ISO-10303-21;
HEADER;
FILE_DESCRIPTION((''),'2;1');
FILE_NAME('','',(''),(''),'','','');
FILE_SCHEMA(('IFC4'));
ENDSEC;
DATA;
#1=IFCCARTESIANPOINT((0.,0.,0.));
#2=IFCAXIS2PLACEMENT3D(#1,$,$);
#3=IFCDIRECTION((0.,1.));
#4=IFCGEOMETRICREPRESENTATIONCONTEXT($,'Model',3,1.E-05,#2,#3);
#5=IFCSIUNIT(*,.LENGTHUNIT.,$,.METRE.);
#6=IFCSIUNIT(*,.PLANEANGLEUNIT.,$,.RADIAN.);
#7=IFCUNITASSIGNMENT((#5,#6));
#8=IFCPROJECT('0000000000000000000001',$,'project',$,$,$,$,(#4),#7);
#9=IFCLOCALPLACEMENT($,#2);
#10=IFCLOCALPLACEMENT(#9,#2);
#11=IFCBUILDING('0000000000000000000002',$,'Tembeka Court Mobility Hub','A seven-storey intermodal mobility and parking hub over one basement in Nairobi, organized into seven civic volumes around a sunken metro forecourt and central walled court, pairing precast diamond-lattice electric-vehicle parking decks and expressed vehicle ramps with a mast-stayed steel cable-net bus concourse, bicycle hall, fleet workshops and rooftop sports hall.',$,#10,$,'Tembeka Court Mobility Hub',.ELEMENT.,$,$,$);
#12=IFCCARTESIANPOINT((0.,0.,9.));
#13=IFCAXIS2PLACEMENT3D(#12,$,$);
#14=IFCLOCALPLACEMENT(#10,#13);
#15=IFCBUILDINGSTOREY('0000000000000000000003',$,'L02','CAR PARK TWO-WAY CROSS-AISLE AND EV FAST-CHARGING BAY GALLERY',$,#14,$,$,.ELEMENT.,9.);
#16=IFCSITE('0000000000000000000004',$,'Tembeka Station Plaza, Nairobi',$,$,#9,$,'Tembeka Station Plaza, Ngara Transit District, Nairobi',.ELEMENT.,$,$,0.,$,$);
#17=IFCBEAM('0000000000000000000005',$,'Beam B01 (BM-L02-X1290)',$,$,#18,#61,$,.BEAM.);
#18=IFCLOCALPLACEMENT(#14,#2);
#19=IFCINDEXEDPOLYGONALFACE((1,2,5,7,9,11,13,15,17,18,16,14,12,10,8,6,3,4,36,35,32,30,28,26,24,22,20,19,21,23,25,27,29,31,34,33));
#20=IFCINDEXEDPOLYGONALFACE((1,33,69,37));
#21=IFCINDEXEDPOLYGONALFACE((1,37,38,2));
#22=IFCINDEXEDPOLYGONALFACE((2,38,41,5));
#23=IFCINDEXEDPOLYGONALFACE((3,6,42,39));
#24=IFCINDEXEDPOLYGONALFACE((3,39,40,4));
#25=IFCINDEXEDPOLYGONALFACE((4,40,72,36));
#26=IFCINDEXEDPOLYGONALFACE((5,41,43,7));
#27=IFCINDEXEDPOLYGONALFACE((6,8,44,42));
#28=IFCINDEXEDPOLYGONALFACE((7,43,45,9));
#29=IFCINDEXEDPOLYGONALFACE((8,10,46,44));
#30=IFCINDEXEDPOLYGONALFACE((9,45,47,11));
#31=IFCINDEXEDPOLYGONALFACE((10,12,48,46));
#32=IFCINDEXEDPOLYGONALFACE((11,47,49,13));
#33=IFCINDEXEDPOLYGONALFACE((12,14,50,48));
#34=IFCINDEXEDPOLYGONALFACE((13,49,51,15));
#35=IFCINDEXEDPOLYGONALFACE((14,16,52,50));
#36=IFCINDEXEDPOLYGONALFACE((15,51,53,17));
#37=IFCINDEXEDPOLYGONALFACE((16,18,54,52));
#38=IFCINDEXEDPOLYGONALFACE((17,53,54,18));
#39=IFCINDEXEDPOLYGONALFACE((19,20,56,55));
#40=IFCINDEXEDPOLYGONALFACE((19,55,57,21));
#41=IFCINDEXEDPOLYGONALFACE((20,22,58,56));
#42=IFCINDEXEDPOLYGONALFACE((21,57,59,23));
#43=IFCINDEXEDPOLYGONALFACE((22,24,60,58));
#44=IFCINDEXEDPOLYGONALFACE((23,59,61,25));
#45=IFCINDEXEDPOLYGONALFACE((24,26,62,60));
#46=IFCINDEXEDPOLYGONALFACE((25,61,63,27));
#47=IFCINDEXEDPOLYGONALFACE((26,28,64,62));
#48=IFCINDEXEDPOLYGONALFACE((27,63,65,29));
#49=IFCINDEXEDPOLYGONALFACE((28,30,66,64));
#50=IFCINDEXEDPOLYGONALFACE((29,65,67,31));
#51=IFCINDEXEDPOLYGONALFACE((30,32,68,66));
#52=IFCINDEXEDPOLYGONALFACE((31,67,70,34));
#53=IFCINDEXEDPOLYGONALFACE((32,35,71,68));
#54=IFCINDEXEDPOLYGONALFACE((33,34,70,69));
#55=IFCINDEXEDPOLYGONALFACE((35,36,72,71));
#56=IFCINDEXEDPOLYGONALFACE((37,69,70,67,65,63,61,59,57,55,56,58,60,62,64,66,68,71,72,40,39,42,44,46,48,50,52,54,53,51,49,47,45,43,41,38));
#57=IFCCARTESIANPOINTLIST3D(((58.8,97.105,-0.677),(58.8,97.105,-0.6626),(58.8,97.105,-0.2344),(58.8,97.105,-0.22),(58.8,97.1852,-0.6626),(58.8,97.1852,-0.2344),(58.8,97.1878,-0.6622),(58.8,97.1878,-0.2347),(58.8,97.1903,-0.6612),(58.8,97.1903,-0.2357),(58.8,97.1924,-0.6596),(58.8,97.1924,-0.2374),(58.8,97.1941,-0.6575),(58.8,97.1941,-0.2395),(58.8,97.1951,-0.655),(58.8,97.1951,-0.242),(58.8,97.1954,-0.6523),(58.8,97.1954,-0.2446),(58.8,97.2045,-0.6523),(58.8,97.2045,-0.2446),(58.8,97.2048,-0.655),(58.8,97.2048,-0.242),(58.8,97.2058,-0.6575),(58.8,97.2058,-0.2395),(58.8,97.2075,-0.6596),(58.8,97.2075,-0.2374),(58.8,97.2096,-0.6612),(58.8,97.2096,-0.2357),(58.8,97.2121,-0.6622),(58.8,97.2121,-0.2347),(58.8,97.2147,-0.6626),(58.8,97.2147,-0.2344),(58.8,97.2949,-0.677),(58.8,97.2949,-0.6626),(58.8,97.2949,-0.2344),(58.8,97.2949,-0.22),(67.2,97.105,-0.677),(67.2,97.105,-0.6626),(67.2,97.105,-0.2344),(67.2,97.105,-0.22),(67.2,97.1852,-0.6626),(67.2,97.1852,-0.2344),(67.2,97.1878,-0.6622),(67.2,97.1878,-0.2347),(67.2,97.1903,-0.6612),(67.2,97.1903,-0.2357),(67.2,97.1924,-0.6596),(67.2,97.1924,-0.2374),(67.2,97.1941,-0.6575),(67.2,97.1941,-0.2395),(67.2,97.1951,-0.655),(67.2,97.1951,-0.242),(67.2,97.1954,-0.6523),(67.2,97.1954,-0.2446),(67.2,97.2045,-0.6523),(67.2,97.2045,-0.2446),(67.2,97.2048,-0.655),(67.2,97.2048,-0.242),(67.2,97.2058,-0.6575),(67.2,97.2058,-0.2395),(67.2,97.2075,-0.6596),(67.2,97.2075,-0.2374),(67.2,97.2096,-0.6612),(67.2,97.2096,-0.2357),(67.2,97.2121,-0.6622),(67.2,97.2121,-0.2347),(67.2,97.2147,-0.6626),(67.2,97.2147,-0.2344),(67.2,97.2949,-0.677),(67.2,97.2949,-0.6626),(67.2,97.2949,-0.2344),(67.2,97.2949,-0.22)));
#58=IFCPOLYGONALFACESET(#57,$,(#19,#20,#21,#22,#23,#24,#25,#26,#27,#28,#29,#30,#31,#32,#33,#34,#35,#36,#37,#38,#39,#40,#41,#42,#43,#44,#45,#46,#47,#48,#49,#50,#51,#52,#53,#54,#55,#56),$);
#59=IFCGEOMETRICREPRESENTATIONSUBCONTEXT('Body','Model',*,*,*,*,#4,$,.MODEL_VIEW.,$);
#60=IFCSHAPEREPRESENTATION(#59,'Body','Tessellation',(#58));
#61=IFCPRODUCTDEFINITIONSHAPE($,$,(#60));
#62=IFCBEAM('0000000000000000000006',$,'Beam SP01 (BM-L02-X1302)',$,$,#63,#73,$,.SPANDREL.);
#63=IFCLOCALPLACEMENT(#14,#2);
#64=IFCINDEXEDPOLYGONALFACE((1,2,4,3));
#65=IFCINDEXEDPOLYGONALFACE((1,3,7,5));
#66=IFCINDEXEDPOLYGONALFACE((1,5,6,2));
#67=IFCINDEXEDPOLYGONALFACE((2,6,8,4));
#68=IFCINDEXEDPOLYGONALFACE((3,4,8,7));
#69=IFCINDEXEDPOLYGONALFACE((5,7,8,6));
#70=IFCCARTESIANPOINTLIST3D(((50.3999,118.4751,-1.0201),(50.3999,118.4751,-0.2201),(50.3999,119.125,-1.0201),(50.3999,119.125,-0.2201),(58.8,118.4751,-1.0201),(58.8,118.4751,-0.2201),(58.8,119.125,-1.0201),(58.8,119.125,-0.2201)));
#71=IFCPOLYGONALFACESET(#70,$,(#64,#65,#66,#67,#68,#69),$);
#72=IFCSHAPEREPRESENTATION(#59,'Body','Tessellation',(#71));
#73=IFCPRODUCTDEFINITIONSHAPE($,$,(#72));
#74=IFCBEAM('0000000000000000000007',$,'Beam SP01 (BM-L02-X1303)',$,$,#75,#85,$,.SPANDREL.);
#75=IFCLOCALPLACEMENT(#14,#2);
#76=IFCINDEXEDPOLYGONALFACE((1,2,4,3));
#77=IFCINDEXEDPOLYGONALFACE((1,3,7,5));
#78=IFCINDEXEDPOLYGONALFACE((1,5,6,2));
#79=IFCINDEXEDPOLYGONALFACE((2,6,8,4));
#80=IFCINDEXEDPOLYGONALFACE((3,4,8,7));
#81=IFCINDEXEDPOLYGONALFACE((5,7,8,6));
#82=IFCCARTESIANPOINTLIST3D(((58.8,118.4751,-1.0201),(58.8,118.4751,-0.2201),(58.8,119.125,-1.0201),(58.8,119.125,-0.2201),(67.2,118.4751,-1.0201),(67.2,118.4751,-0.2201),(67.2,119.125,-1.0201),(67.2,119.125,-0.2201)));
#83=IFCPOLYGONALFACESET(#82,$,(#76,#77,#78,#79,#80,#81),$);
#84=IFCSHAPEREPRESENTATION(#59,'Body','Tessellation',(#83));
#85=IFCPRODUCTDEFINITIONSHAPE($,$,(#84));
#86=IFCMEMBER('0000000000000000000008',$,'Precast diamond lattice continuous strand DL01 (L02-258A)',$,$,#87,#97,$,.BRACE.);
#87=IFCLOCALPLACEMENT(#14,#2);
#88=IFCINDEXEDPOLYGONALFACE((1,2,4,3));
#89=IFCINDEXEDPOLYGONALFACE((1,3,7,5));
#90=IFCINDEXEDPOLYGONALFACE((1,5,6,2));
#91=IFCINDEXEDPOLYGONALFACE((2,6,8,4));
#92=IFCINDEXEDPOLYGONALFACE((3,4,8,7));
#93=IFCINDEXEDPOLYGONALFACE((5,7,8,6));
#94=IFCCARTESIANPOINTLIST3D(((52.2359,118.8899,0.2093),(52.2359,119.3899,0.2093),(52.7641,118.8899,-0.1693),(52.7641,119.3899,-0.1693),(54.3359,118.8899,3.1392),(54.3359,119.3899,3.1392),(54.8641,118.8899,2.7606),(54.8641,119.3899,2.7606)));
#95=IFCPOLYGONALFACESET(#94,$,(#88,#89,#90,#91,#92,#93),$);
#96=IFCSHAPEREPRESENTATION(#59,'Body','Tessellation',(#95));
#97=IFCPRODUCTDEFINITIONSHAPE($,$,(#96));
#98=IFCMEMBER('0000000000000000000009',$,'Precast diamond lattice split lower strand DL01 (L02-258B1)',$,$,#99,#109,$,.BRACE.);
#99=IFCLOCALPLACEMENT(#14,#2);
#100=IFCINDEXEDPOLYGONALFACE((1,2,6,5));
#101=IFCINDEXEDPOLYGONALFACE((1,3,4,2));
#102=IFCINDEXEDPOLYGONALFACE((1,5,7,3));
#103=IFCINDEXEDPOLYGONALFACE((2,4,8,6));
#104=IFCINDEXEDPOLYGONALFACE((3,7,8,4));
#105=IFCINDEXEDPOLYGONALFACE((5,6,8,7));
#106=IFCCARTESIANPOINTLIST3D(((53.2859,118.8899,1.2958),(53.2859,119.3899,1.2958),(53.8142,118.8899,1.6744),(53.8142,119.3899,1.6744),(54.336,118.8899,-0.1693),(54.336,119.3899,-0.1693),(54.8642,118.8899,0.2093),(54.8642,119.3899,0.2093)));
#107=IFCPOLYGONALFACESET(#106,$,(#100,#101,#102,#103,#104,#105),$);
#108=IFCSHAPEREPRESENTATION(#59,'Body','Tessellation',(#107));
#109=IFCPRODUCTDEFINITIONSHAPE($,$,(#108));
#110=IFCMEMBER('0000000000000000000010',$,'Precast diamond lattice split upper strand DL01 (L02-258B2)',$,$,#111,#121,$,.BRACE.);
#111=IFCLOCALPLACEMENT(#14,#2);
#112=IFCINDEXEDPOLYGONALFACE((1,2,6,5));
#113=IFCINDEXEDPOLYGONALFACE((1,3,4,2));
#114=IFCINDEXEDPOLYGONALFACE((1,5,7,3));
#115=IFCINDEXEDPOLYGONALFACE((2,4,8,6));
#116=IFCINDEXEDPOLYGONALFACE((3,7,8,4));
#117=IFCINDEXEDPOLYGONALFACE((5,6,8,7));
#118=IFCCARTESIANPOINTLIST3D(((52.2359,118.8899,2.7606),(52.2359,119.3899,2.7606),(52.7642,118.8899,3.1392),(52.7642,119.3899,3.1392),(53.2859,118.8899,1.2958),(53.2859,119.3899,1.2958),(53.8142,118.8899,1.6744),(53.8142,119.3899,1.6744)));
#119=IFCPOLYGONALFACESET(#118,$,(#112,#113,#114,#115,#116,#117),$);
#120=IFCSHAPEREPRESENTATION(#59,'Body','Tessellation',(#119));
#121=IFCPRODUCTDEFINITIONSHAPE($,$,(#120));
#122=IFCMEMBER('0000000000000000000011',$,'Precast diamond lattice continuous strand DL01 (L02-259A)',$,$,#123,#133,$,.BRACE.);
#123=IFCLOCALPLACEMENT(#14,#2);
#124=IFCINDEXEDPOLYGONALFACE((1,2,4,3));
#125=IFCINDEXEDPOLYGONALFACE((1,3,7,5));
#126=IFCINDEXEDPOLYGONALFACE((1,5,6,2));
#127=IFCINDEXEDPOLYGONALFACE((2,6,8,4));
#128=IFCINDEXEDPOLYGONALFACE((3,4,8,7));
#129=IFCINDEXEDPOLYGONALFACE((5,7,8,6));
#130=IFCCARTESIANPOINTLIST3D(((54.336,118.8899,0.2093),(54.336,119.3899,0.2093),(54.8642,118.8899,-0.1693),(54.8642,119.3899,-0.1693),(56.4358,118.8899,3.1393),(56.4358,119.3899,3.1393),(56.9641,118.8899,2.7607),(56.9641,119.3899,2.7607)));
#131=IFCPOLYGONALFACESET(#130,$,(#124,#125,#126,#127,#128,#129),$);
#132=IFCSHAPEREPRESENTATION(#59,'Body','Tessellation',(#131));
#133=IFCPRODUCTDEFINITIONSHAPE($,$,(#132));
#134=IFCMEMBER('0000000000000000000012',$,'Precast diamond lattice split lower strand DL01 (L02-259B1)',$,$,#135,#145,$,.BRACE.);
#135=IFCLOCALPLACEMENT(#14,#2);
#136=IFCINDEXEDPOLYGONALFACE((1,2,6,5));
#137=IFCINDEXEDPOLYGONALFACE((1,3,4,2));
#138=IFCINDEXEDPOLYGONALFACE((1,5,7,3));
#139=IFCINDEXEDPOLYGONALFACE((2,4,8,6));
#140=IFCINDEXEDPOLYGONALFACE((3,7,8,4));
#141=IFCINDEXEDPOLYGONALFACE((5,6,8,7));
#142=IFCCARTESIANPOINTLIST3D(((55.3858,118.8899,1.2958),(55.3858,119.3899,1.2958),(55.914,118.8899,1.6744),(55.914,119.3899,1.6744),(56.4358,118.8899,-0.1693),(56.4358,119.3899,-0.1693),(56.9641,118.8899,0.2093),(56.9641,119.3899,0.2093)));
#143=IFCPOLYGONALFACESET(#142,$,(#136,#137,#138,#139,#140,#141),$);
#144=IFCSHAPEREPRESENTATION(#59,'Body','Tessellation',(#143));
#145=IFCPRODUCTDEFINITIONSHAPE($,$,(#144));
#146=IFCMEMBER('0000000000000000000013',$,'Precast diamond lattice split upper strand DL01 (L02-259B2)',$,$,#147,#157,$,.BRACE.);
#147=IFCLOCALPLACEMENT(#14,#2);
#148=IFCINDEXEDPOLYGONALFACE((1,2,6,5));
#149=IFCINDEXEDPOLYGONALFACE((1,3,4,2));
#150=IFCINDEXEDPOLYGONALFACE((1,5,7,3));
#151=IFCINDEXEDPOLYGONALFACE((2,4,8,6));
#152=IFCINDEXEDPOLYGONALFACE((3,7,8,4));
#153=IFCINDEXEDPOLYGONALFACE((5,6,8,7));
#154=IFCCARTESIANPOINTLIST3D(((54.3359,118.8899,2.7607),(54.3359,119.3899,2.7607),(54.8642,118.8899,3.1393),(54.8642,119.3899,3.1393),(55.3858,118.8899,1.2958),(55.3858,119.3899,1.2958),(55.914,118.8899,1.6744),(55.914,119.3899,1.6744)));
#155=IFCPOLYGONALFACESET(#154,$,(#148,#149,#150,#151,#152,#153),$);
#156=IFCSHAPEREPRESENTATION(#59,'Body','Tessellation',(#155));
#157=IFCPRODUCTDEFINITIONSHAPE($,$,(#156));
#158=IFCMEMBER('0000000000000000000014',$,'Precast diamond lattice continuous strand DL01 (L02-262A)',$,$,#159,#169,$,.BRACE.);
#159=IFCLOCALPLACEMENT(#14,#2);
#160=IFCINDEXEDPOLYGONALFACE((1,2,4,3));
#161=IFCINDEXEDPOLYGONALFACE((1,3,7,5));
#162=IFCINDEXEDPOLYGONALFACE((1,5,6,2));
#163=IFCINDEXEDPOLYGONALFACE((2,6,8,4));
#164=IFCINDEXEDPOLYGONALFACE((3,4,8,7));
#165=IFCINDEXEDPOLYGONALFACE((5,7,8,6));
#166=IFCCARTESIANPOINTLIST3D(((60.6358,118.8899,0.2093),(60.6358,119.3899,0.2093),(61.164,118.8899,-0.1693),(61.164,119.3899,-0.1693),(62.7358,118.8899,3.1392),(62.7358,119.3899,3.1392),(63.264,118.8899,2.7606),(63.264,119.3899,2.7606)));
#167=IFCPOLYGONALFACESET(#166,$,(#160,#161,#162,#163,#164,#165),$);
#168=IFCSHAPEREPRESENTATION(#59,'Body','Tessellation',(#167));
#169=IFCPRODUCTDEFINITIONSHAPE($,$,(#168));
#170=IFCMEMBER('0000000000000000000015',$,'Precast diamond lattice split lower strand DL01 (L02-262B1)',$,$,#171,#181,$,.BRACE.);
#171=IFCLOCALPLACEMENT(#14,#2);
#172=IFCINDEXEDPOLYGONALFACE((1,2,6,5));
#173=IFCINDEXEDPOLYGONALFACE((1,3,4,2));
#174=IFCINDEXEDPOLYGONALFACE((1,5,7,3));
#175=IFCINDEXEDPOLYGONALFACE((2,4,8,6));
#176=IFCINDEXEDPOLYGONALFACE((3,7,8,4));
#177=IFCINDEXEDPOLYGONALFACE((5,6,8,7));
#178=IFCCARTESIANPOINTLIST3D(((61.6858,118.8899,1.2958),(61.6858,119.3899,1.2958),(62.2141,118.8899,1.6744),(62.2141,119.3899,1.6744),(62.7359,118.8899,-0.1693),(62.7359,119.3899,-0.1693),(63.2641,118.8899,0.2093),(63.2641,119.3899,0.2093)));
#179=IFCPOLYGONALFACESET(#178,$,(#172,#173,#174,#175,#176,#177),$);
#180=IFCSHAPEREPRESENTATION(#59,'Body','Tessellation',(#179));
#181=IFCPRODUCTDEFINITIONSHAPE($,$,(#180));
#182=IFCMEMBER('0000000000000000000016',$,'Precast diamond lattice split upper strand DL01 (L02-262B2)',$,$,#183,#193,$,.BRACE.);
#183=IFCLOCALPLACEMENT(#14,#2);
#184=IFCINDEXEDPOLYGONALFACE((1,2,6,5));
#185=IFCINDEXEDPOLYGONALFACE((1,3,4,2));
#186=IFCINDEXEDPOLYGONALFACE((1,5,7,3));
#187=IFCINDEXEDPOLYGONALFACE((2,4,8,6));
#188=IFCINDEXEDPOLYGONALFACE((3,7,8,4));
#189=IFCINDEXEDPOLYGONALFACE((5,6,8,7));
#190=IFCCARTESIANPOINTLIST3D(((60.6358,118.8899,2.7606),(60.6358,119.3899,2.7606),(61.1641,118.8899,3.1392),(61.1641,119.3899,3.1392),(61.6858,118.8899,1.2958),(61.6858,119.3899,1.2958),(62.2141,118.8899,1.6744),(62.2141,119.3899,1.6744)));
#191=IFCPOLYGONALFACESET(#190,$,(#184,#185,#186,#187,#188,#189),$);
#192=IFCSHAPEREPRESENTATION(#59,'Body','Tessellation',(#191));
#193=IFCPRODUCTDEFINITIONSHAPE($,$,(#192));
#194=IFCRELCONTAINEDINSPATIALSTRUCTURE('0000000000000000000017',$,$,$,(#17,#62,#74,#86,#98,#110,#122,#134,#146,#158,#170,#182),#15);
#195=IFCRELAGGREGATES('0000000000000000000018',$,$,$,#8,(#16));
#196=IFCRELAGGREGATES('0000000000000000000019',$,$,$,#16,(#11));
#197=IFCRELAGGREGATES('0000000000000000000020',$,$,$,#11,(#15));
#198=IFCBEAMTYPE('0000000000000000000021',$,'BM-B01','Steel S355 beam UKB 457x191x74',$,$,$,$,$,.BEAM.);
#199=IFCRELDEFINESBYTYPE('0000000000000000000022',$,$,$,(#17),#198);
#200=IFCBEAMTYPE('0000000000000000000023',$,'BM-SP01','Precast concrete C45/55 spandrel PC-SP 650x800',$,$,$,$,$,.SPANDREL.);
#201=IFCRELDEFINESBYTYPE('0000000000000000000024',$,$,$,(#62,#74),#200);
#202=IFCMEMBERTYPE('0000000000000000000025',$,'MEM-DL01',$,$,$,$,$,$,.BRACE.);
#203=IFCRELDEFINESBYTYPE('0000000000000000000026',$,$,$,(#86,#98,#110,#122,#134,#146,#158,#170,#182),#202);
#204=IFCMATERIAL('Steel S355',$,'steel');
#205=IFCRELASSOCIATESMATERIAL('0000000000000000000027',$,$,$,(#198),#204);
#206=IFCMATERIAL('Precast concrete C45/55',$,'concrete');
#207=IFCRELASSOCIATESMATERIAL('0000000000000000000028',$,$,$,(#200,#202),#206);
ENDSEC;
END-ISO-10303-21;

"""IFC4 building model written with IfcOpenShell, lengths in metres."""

from ifc_helpers import new_model, si_unit, direction, frame, origin, origin_2d, place, context, subcontext, project, spatial, rectangle, i_section, extrude, material, material_profile, profile_set, type_object, element, save


model = new_model("IFC4")

# Units and contexts
model_context = context("Model", 3, precision=1e-05, world=origin(), true_north=direction((0.0, 1.0)))
body_context = subcontext(model_context, "Body", "Model", "MODEL_VIEW")
ifc_project = project(units=[si_unit("LENGTHUNIT", "METRE"), si_unit("PLANEANGLEUNIT", "RADIAN")], contexts=[model_context])

# Site, building, storey
site_placement = place(None, origin())
site = spatial("IfcSite", under=ifc_project, at=site_placement, Name="Tembeka Station Plaza, Nairobi", LongName="Tembeka Station Plaza, Ngara Transit District, Nairobi", CompositionType="ELEMENT", RefElevation=0.0)
building_placement = place(site_placement, origin())
building = spatial("IfcBuilding", under=site, at=building_placement, Name="Tembeka Court Mobility Hub", Description="A seven-storey intermodal mobility and parking hub over one basement in Nairobi, organized into seven civic volumes around a sunken metro forecourt and central walled court, pairing precast diamond-lattice electric-vehicle parking decks and expressed vehicle ramps with a mast-stayed steel cable-net bus concourse, bicycle hall, fleet workshops and rooftop sports hall.", LongName="Tembeka Court Mobility Hub", CompositionType="ELEMENT")
storey_placement = place(building_placement, frame((0.0, 0.0, 9.0)))
storey = spatial("IfcBuildingStorey", under=building, at=storey_placement, Name="L02", Description="CAR PARK TWO-WAY CROSS-AISLE AND EV FAST-CHARGING BAY GALLERY", CompositionType="ELEMENT", Elevation=9.0)

# Shared definitions
ifc_material_1 = material(Name="Steel S355", Category="steel")

# Beams
ifc_material_profile_1 = material_profile(ifc_material_1, i_section(OverallWidth=0.1899, OverallDepth=0.457, WebThickness=0.009, FlangeThickness=0.0144, FilletRadius=0.0103, at=origin_2d()), Name="UKB 457x191x74")
ifc_profile_set_1 = profile_set([ifc_material_profile_1], Name="Steel S355")
beam_type_1 = type_object("IfcBeamType", Name="BM-B01", Description="Steel S355 beam UKB 457x191x74", PredefinedType="BEAM", material=ifc_profile_set_1)
beam_1_placement = place(storey_placement, frame((58.8, 97.2, -0.4485), z_axis=(1.0, 0.0, 0.0), x_axis=(0.0, 1.0, 0.0)))
element("IfcBeam", 1, at=beam_1_placement, inside=storey, type_object=beam_type_1, Name="Beam B01 (BM-L02-X1290)", PredefinedType="BEAM", context=body_context, shape_type="SweptSolid", body=[
    extrude(i_section(OverallWidth=0.1899, OverallDepth=0.457, WebThickness=0.009, FlangeThickness=0.0144, FilletRadius=0.0103, at=origin_2d()), origin(), (0.0, 0.0, 1.0), 8.3999),
])
ifc_material_2 = material(Name="Precast concrete C45/55", Category="concrete")
ifc_material_profile_2 = material_profile(ifc_material_2, rectangle(XDim=0.6499, YDim=0.8, at=origin_2d()), Name="PC-SP 650x800")
ifc_profile_set_2 = profile_set([ifc_material_profile_2], Name="Precast concrete C45/55")
beam_type_2 = type_object("IfcBeamType", Name="BM-SP01", Description="Precast concrete C45/55 spandrel PC-SP 650x800", PredefinedType="SPANDREL", material=ifc_profile_set_2)
beam_2_placement = place(storey_placement, frame((50.3999, 118.8, -0.6201), z_axis=(1.0, 0.0, 0.0), x_axis=(0.0, 1.0, 0.0)))
element("IfcBeam", 2, at=beam_2_placement, inside=storey, type_object=beam_type_2, Name="Beam SP01 (BM-L02-X1302)", PredefinedType="SPANDREL", context=body_context, shape_type="SweptSolid", body=[
    extrude(rectangle(XDim=0.6499, YDim=0.8, at=origin_2d()), origin(), (0.0, 0.0, 1.0), 8.4001),
])
beam_3_placement = place(storey_placement, frame((58.8, 118.8, -0.6201), z_axis=(1.0, 0.0, 0.0), x_axis=(0.0, 1.0, 0.0)))
element("IfcBeam", 3, at=beam_3_placement, inside=storey, type_object=beam_type_2, Name="Beam SP01 (BM-L02-X1303)", PredefinedType="SPANDREL", context=body_context, shape_type="SweptSolid", body=[
    extrude(rectangle(XDim=0.6499, YDim=0.8, at=origin_2d()), origin(), (0.0, 0.0, 1.0), 8.3999),
])

# Members
ifc_material_profile_3 = material_profile(ifc_material_2, rectangle(XDim=0.5, YDim=0.6499, at=origin_2d()), Name="PC-DIAG 500x650")
ifc_profile_set_3 = profile_set([ifc_material_profile_3], Name="Precast concrete C45/55")
member_type_1 = type_object("IfcMemberType", Name="MEM-DL01", PredefinedType="BRACE", material=ifc_profile_set_3)
member_1_placement = place(storey_placement, frame((52.5, 119.1399, 0.02), z_axis=(0.582576, 0.0, 0.812776), x_axis=(0.0, 1.0, 0.0)))
element("IfcMember", 4, at=member_1_placement, inside=storey, type_object=member_type_1, Name="Precast diamond lattice continuous strand DL01 (L02-258A)", PredefinedType="BRACE", context=body_context, shape_type="SweptSolid", body=[
    extrude(rectangle(XDim=0.5, YDim=0.6499, at=origin_2d()), origin(), (0.0, 0.0, 1.0), 3.6047),
])
member_2_placement = place(storey_placement, frame((54.6001, 119.1399, 0.02), z_axis=(-0.582544, 0.0, 0.812799), x_axis=(0.0, -1.0, 0.0)))
element("IfcMember", 5, at=member_2_placement, inside=storey, type_object=member_type_1, Name="Precast diamond lattice split lower strand DL01 (L02-258B1)", PredefinedType="BRACE", context=body_context, shape_type="SweptSolid", body=[
    extrude(rectangle(XDim=0.5, YDim=0.6499, at=origin_2d()), origin(), (0.0, 0.0, 1.0), 1.8025),
])
member_3_placement = place(storey_placement, frame((53.55, 119.1399, 1.4851), z_axis=(-0.582608, 0.0, 0.812753), x_axis=(0.0, -1.0, 0.0)))
element("IfcMember", 6, at=member_3_placement, inside=storey, type_object=member_type_1, Name="Precast diamond lattice split upper strand DL01 (L02-258B2)", PredefinedType="BRACE", context=body_context, shape_type="SweptSolid", body=[
    extrude(rectangle(XDim=0.5, YDim=0.6499, at=origin_2d()), origin(), (0.0, 0.0, 1.0), 1.8022),
])
member_4_placement = place(storey_placement, frame((54.6001, 119.1399, 0.02), z_axis=(0.582532, 0.0, 0.812808), x_axis=(0.0, 1.0, 0.0)))
element("IfcMember", 7, at=member_4_placement, inside=storey, type_object=member_type_1, Name="Precast diamond lattice continuous strand DL01 (L02-259A)", PredefinedType="BRACE", context=body_context, shape_type="SweptSolid", body=[
    extrude(rectangle(XDim=0.5, YDim=0.6499, at=origin_2d()), origin(), (0.0, 0.0, 1.0), 3.6047),
])
member_5_placement = place(storey_placement, frame((56.7, 119.1399, 0.02), z_axis=(-0.582544, 0.0, 0.812799), x_axis=(0.0, -1.0, 0.0)))
element("IfcMember", 8, at=member_5_placement, inside=storey, type_object=member_type_1, Name="Precast diamond lattice split lower strand DL01 (L02-259B1)", PredefinedType="BRACE", context=body_context, shape_type="SweptSolid", body=[
    extrude(rectangle(XDim=0.5, YDim=0.6499, at=origin_2d()), origin(), (0.0, 0.0, 1.0), 1.8025),
])
member_6_placement = place(storey_placement, frame((55.6499, 119.1399, 1.4851), z_axis=(-0.582519, 0.0, 0.812817), x_axis=(0.0, -1.0, 0.0)))
element("IfcMember", 9, at=member_6_placement, inside=storey, type_object=member_type_1, Name="Precast diamond lattice split upper strand DL01 (L02-259B2)", PredefinedType="BRACE", context=body_context, shape_type="SweptSolid", body=[
    extrude(rectangle(XDim=0.5, YDim=0.6499, at=origin_2d()), origin(), (0.0, 0.0, 1.0), 1.8022),
])
member_7_placement = place(storey_placement, frame((60.8999, 119.1399, 0.02), z_axis=(0.582576, 0.0, 0.812776), x_axis=(0.0, 1.0, 0.0)))
element("IfcMember", 10, at=member_7_placement, inside=storey, type_object=member_type_1, Name="Precast diamond lattice continuous strand DL01 (L02-262A)", PredefinedType="BRACE", context=body_context, shape_type="SweptSolid", body=[
    extrude(rectangle(XDim=0.5, YDim=0.6499, at=origin_2d()), origin(), (0.0, 0.0, 1.0), 3.6047),
])
member_8_placement = place(storey_placement, frame((63.0, 119.1399, 0.02), z_axis=(-0.582544, 0.0, 0.812799), x_axis=(0.0, -1.0, 0.0)))
element("IfcMember", 11, at=member_8_placement, inside=storey, type_object=member_type_1, Name="Precast diamond lattice split lower strand DL01 (L02-262B1)", PredefinedType="BRACE", context=body_context, shape_type="SweptSolid", body=[
    extrude(rectangle(XDim=0.5, YDim=0.6499, at=origin_2d()), origin(), (0.0, 0.0, 1.0), 1.8025),
])
member_9_placement = place(storey_placement, frame((61.95, 119.1399, 1.4851), z_axis=(-0.582608, 0.0, 0.812753), x_axis=(0.0, -1.0, 0.0)))
element("IfcMember", 12, at=member_9_placement, inside=storey, type_object=member_type_1, Name="Precast diamond lattice split upper strand DL01 (L02-262B2)", PredefinedType="BRACE", context=body_context, shape_type="SweptSolid", body=[
    extrude(rectangle(XDim=0.5, YDim=0.6499, at=origin_2d()), origin(), (0.0, 0.0, 1.0), 1.8022),
])

save(model, "model.ifc")
